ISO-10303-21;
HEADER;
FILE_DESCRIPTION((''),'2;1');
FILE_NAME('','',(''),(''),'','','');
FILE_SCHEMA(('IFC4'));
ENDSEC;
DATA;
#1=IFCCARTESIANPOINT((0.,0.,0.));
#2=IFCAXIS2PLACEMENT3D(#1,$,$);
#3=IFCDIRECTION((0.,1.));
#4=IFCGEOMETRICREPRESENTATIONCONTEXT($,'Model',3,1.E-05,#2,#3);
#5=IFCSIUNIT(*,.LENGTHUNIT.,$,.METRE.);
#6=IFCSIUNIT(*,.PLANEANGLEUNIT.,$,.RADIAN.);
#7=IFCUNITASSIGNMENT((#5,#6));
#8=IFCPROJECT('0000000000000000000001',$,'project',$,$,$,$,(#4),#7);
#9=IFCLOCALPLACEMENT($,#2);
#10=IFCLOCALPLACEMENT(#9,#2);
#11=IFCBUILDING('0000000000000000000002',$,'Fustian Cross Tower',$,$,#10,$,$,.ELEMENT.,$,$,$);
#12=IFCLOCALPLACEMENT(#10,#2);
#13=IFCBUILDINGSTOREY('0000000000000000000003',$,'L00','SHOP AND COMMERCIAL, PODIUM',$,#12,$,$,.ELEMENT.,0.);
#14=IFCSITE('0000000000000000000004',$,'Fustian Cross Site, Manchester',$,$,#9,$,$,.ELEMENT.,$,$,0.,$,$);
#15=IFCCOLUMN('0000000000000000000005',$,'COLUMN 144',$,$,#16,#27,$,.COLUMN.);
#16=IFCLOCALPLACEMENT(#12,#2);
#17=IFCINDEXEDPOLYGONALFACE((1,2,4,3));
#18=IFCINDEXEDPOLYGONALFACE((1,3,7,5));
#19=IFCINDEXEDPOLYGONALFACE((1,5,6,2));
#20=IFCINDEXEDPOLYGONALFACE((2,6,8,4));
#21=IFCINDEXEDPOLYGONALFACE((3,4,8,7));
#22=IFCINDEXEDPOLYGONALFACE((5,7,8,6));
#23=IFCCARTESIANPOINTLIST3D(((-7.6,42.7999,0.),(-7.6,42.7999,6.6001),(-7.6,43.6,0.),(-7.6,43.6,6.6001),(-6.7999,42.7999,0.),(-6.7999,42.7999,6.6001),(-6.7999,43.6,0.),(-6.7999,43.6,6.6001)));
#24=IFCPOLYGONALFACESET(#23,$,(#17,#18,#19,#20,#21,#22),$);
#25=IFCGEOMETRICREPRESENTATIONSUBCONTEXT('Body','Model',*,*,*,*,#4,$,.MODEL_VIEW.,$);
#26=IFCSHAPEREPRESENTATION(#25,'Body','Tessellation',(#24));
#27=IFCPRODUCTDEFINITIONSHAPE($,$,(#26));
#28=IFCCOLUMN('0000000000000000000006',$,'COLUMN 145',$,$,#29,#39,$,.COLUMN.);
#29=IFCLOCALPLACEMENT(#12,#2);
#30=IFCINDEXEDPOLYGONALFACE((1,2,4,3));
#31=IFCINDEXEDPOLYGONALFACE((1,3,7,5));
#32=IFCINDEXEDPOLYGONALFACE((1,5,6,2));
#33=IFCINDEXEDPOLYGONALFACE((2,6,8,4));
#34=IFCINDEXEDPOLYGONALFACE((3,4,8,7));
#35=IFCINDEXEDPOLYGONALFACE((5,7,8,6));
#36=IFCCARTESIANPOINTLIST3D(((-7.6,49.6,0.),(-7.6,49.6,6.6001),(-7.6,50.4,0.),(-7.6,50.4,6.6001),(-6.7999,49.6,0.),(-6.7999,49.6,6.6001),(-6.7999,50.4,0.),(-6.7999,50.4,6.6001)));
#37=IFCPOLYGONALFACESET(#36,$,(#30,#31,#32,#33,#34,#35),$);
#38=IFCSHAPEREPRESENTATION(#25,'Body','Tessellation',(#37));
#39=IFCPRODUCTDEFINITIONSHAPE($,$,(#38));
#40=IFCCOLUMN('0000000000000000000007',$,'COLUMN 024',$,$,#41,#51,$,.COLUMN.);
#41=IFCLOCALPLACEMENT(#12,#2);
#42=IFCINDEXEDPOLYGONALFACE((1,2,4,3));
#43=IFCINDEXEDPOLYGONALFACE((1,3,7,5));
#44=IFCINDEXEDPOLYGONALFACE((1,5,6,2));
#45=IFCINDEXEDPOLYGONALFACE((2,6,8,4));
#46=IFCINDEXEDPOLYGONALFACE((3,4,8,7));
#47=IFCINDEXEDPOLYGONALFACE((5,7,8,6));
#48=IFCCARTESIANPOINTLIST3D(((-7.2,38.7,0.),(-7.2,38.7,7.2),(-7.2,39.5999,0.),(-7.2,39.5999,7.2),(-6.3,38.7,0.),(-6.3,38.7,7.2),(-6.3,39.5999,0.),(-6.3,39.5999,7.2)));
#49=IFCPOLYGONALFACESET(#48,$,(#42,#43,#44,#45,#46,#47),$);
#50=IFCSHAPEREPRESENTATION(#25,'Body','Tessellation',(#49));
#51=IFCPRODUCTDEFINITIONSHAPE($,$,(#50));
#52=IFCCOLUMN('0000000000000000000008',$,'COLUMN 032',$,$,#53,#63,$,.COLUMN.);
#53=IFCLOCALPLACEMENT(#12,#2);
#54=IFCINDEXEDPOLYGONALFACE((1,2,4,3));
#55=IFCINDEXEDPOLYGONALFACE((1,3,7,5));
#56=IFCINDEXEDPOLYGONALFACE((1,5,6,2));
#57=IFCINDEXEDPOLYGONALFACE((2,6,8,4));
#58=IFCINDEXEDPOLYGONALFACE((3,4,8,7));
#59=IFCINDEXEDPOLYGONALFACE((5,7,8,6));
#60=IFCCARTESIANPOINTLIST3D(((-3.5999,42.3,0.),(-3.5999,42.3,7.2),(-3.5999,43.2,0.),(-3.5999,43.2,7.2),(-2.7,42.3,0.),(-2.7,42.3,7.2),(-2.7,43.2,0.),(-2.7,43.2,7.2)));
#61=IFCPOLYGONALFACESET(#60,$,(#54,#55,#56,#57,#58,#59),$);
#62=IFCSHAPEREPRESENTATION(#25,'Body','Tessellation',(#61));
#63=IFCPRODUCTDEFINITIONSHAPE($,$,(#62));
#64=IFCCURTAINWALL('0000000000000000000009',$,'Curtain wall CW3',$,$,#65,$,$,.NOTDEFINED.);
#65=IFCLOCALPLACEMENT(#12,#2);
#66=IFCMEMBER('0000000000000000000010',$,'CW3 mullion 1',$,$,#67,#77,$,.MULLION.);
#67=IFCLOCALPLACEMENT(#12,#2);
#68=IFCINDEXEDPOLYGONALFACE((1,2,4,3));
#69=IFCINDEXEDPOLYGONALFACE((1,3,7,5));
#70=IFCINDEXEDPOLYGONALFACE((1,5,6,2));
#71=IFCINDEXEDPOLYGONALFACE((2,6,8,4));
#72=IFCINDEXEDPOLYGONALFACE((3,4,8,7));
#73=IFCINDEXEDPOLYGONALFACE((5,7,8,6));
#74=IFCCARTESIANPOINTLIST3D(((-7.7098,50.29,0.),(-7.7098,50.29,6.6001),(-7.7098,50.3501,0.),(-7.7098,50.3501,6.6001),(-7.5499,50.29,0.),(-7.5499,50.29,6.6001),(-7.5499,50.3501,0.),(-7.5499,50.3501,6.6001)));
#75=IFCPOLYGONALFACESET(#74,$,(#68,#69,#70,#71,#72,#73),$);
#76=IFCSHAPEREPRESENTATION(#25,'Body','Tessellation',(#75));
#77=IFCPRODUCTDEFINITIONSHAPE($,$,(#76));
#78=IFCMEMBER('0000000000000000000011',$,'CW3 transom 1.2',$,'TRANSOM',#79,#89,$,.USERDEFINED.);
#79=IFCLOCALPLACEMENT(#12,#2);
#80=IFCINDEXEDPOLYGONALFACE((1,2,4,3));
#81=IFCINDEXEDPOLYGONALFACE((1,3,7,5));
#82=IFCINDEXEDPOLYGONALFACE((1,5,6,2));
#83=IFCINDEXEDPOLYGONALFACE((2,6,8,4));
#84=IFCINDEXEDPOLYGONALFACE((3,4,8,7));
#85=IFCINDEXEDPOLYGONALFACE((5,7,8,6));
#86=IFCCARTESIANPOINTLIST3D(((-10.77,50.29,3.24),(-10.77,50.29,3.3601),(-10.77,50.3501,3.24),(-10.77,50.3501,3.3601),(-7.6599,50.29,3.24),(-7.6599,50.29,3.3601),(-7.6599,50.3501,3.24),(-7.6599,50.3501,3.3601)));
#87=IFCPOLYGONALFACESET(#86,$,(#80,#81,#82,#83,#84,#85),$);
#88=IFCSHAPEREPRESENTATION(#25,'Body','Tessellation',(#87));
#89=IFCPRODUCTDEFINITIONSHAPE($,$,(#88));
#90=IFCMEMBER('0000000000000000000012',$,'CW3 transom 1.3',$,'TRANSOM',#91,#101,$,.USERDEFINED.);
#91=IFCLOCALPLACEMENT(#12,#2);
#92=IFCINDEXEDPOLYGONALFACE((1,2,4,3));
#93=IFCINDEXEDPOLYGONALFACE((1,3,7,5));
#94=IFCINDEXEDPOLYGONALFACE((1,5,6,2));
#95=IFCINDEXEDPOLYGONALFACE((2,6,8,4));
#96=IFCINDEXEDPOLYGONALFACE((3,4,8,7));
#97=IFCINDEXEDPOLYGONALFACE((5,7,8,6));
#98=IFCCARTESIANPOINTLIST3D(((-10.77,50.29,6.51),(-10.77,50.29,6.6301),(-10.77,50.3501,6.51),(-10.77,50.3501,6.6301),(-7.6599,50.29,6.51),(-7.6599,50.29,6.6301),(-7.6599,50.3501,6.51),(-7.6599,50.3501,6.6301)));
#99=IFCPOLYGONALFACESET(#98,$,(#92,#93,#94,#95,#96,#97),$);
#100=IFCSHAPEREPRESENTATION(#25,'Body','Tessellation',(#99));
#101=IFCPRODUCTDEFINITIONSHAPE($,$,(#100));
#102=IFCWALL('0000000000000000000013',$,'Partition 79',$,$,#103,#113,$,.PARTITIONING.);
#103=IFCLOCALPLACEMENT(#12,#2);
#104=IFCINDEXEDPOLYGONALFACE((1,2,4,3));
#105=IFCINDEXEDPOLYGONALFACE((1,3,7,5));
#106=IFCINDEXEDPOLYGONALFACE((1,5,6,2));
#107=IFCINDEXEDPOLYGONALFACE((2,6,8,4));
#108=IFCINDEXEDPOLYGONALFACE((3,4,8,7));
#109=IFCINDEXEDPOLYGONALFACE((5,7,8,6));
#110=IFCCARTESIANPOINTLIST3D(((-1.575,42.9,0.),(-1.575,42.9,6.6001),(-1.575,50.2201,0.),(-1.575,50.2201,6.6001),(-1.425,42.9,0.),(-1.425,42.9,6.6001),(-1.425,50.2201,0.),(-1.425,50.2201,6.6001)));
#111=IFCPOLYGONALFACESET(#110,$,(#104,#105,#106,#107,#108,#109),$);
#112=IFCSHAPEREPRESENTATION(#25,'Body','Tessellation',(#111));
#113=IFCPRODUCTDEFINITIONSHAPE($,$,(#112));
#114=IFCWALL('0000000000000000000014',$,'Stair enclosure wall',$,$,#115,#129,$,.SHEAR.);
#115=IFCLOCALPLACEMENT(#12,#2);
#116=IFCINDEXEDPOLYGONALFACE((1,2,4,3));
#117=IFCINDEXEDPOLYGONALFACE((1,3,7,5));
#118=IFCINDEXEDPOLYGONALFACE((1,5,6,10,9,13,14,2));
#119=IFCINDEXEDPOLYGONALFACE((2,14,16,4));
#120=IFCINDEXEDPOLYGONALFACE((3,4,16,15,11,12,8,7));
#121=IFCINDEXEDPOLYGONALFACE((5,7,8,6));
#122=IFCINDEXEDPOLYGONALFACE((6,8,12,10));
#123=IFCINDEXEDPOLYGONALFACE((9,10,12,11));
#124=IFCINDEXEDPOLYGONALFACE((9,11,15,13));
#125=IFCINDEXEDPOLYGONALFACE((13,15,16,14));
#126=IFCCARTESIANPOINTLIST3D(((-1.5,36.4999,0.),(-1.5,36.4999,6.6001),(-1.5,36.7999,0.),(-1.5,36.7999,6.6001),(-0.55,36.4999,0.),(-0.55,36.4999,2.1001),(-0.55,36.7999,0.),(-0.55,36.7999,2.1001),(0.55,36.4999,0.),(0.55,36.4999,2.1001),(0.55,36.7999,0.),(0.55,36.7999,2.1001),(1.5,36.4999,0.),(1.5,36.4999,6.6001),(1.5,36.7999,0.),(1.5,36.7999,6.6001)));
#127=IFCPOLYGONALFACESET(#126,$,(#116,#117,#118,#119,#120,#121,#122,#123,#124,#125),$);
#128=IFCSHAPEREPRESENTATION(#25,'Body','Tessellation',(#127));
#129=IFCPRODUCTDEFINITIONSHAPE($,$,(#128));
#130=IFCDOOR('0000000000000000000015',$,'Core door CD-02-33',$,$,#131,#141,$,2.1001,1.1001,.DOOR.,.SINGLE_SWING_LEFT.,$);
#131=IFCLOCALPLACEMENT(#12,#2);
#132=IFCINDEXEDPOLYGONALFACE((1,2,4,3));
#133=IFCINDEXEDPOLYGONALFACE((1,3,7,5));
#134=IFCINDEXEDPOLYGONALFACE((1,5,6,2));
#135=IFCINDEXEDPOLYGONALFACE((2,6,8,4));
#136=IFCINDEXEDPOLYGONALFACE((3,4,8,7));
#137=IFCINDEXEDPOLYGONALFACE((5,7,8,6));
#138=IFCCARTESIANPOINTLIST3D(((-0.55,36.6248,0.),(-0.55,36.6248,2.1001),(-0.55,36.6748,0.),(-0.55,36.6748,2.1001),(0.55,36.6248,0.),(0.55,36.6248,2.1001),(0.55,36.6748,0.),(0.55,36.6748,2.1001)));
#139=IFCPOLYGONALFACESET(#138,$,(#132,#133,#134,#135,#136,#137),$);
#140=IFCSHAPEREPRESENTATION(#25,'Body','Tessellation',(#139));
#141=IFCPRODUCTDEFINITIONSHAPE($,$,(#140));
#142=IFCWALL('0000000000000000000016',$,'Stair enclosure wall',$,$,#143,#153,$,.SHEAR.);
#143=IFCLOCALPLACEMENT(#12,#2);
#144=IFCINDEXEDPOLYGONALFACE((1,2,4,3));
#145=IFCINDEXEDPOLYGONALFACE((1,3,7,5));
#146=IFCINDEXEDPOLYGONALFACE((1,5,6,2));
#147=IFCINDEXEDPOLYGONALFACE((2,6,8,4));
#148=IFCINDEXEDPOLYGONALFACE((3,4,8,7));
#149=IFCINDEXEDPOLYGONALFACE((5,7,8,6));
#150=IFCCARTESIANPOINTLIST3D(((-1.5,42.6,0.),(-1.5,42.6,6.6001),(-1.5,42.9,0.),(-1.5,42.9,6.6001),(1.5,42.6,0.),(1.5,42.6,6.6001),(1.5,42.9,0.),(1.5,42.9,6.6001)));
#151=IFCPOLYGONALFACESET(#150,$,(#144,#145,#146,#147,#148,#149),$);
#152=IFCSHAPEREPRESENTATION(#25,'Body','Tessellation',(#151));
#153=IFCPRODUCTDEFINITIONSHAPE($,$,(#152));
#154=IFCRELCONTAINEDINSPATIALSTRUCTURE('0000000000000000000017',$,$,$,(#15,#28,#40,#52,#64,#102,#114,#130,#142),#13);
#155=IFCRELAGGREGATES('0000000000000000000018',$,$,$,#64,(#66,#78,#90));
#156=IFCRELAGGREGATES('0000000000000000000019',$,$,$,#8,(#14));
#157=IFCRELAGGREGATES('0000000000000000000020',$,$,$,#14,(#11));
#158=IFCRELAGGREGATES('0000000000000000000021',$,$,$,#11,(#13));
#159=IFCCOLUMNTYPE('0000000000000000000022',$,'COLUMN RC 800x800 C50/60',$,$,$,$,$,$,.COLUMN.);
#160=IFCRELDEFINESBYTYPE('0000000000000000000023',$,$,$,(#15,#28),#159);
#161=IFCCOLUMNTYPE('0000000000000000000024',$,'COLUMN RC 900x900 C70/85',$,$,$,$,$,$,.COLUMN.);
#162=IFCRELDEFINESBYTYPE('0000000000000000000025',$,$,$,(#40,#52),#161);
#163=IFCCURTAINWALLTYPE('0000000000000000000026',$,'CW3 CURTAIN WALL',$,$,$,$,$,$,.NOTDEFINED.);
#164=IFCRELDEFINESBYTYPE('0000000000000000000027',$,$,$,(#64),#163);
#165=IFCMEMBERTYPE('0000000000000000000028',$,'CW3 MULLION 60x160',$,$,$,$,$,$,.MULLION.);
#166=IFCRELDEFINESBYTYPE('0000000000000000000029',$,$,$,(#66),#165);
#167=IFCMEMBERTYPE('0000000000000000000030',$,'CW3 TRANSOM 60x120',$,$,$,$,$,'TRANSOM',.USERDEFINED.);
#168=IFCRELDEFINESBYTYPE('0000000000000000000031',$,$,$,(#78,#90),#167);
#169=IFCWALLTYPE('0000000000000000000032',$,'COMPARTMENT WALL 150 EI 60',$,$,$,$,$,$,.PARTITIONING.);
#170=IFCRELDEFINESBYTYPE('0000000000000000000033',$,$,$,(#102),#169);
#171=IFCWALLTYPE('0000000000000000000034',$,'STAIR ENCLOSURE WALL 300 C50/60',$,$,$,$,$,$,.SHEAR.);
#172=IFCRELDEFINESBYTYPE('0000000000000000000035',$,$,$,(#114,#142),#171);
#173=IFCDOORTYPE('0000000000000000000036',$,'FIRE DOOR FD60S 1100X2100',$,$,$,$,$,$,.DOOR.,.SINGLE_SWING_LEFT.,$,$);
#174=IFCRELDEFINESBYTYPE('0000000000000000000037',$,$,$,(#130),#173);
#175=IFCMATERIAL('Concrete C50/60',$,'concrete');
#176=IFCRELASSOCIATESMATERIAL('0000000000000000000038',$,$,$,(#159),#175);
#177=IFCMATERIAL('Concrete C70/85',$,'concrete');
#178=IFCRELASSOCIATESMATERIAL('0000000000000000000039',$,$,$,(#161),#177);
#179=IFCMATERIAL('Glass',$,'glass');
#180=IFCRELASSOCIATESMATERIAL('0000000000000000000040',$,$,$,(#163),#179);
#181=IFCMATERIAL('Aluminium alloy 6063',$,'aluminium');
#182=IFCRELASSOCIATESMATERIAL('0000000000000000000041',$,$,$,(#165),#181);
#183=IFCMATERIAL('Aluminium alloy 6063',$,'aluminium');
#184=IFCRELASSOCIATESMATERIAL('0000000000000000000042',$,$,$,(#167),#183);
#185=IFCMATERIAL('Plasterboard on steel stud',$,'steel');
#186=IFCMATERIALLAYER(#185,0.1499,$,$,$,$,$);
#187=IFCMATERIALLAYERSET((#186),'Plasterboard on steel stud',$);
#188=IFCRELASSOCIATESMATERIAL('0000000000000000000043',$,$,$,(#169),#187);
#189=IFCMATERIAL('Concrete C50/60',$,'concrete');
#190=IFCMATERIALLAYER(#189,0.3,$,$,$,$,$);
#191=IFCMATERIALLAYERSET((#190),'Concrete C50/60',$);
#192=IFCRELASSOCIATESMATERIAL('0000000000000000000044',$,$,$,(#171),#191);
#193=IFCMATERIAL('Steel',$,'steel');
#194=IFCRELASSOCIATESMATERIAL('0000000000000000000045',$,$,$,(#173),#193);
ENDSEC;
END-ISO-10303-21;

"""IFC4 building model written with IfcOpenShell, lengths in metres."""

from ifc_helpers import new_model, si_unit, direction, frame, frame_2d, origin, origin_2d, place, context, subcontext, project, spatial, rectangle, extrude, material, layer, layer_set, material_profile, profile_set, type_object, element, fill, aggregate, save


model = new_model("IFC4")

# Units and contexts
model_context = context("Model", 3, precision=1e-05, world=origin(), true_north=direction((0.0, 1.0)))
body_context = subcontext(model_context, "Body", "Model", "MODEL_VIEW")
ifc_project = project(units=[si_unit("LENGTHUNIT", "METRE"), si_unit("PLANEANGLEUNIT", "RADIAN")], contexts=[model_context])

# Site, building, storey
site_placement = place(None, origin())
site = spatial("IfcSite", under=ifc_project, at=site_placement, Name="Fustian Cross Site, Manchester", CompositionType="ELEMENT", RefElevation=0.0)
building_placement = place(site_placement, origin())
building = spatial("IfcBuilding", under=site, at=building_placement, Name="Fustian Cross Tower", CompositionType="ELEMENT")
storey_placement = place(building_placement, origin())
storey = spatial("IfcBuildingStorey", under=building, at=storey_placement, Name="L00", Description="SHOP AND COMMERCIAL, PODIUM", CompositionType="ELEMENT", Elevation=0.0)

# Columns
ifc_material_1 = material(Name="Concrete C50/60", Category="concrete")
ifc_material_profile_1 = material_profile(ifc_material_1, rectangle(XDim=0.8, YDim=0.8, at=origin_2d()), Name="RC 800x800")
ifc_profile_set_1 = profile_set([ifc_material_profile_1], Name="Concrete C50/60")
column_type_1 = type_object("IfcColumnType", Name="COLUMN RC 800x800 C50/60", PredefinedType="COLUMN", material=ifc_profile_set_1)
for number, where, z_axis, x_axis, name in (
    (1, (-7.2, 43.2, 0.0), (0.0, 0.0, 1.0), (1.0, 0.0, 0.0), "COLUMN 144"),
    (2, (-7.2, 50.0, 0.0), (0.0, 0.0, 1.0), (1.0, 0.0, 0.0), "COLUMN 145"),
):
    element("IfcColumn", number, at=place(storey_placement, frame(where, z_axis=z_axis, x_axis=x_axis)), inside=storey, type_object=column_type_1, Name=name, PredefinedType="COLUMN", context=body_context, shape_type="SweptSolid", body=[
        extrude(rectangle(XDim=0.8, YDim=0.8, at=origin_2d()), origin(), (0.0, 0.0, 1.0), 6.6001),
    ])
ifc_material_2 = material(Name="Concrete C70/85", Category="concrete")
ifc_material_profile_2 = material_profile(ifc_material_2, rectangle(XDim=0.8999, YDim=0.8999, at=origin_2d()), Name="RC 900x900")
ifc_profile_set_2 = profile_set([ifc_material_profile_2], Name="Concrete C70/85")
column_type_2 = type_object("IfcColumnType", Name="COLUMN RC 900x900 C70/85", PredefinedType="COLUMN", material=ifc_profile_set_2)
for number, where, z_axis, x_axis, name in (
    (3, (-6.75, 39.1499, 0.0), (0.0, 0.0, 1.0), (1.0, 0.0, 0.0), "COLUMN 024"),
    (4, (-3.1499, 42.75, 0.0), (0.0, 0.0, 1.0), (1.0, 0.0, 0.0), "COLUMN 032"),
):
    element("IfcColumn", number, at=place(storey_placement, frame(where, z_axis=z_axis, x_axis=x_axis)), inside=storey, type_object=column_type_2, Name=name, PredefinedType="COLUMN", context=body_context, shape_type="SweptSolid", body=[
        extrude(rectangle(XDim=0.8999, YDim=0.8999, at=origin_2d()), origin(), (0.0, 0.0, 1.0), 7.2),
    ])

# Curtain wall, members
ifc_material_3 = material(Name="Glass", Category="glass")
curtain_wall_type = type_object("IfcCurtainWallType", Name="CW3 CURTAIN WALL", PredefinedType="NOTDEFINED", material=ifc_material_3)
curtain_wall_placement = place(storey_placement, origin())
curtain_wall = element("IfcCurtainWall", 5, at=curtain_wall_placement, inside=storey, type_object=curtain_wall_type, Name="Curtain wall CW3", PredefinedType="NOTDEFINED")
ifc_material_4 = material(Name="Aluminium alloy 6063", Category="aluminium")
ifc_material_profile_3 = material_profile(ifc_material_4, rectangle(XDim=0.0601, YDim=0.1599, at=origin_2d()), Name="CW3 MULLION 60x160")
ifc_profile_set_3 = profile_set([ifc_material_profile_3], Name="Aluminium alloy 6063")
member_type_1 = type_object("IfcMemberType", Name="CW3 MULLION 60x160", PredefinedType="MULLION", material=ifc_profile_set_3)
member_1_placement = place(storey_placement, frame((-7.6299, 50.3201, 0.0), z_axis=(0.0, 0.0, 1.0), x_axis=(0.0, -1.0, 0.0)))
member_1 = element("IfcMember", 6, at=member_1_placement, type_object=member_type_1, Name="CW3 mullion 1", PredefinedType="MULLION", context=body_context, shape_type="SweptSolid", body=[
    extrude(rectangle(XDim=0.0601, YDim=0.1599, at=origin_2d()), origin(), (0.0, 0.0, 1.0), 6.6001),
])
ifc_material_5 = material(Name="Aluminium alloy 6063", Category="aluminium")
ifc_material_profile_4 = material_profile(ifc_material_5, rectangle(XDim=0.0601, YDim=0.1201, at=origin_2d()), Name="CW3 TRANSOM 60x120")
ifc_profile_set_4 = profile_set([ifc_material_profile_4], Name="Aluminium alloy 6063")
member_type_2 = type_object("IfcMemberType", Name="CW3 TRANSOM 60x120", ElementType="TRANSOM", PredefinedType="USERDEFINED", material=ifc_profile_set_4)
member_2_placement = place(storey_placement, frame((-7.6599, 50.3201, 3.3), z_axis=(-1.0, 0.0, 0.0), x_axis=(0.0, -1.0, 0.0)))
member_2 = element("IfcMember", 7, at=member_2_placement, type_object=member_type_2, Name="CW3 transom 1.2", ObjectType="TRANSOM", PredefinedType="USERDEFINED", context=body_context, shape_type="SweptSolid", body=[
    extrude(rectangle(XDim=0.0601, YDim=0.1201, at=origin_2d()), origin(), (0.0, 0.0, 1.0), 3.1101),
])
member_3_placement = place(storey_placement, frame((-7.6599, 50.3201, 6.5701), z_axis=(-1.0, 0.0, 0.0), x_axis=(0.0, -1.0, 0.0)))
member_3 = element("IfcMember", 8, at=member_3_placement, type_object=member_type_2, Name="CW3 transom 1.3", ObjectType="TRANSOM", PredefinedType="USERDEFINED", context=body_context, shape_type="SweptSolid", body=[
    extrude(rectangle(XDim=0.0601, YDim=0.1201, at=origin_2d()), origin(), (0.0, 0.0, 1.0), 3.1101),
])
aggregate(curtain_wall, [member_1, member_2, member_3])

# Wall
ifc_material_6 = material(Name="Plasterboard on steel stud", Category="steel")
ifc_layer_1 = layer(ifc_material_6, 0.1499)
ifc_layer_set_1 = layer_set([ifc_layer_1], Name="Plasterboard on steel stud")
wall_type_1 = type_object("IfcWallType", Name="COMPARTMENT WALL 150 EI 60", PredefinedType="PARTITIONING", material=ifc_layer_set_1)
wall_1_placement = place(storey_placement, frame((-1.5, 42.8999, 0.0), z_axis=(0.0, 0.0, 1.0), x_axis=(0.0, 1.0, 0.0)))
element("IfcWall", 9, at=wall_1_placement, inside=storey, type_object=wall_type_1, Name="Partition 79", PredefinedType="PARTITIONING", context=body_context, shape_type="SweptSolid", body=[
    extrude(rectangle(XDim=7.3201, YDim=0.1499, at=frame_2d((3.6602, 0.0))), origin(), (0.0, 0.0, 1.0), 6.6001),
])

# Wall, opening, door
ifc_material_7 = material(Name="Concrete C50/60", Category="concrete")
ifc_layer_2 = layer(ifc_material_7, 0.3)
ifc_layer_set_2 = layer_set([ifc_layer_2], Name="Concrete C50/60")
wall_type_2 = type_object("IfcWallType", Name="STAIR ENCLOSURE WALL 300 C50/60", PredefinedType="SHEAR", material=ifc_layer_set_2)
wall_2_placement = place(storey_placement, frame((-1.5, 36.6499, 0.0), z_axis=(0.0, 0.0, 1.0), x_axis=(1.0, 0.0, 0.0)))
wall_2 = element("IfcWall", 10, at=wall_2_placement, inside=storey, type_object=wall_type_2, Name="Stair enclosure wall", PredefinedType="SHEAR", context=body_context, shape_type="SweptSolid", body=[
    extrude(rectangle(XDim=3.0, YDim=0.3, at=frame_2d((1.5, 0.0))), origin(), (0.0, 0.0, 1.0), 6.6001),
])
opening_1_placement = place(wall_2_placement, frame((0.95, 0.0, 0.0)))
opening_1 = element("IfcOpeningElement", 11, at=opening_1_placement, cuts=wall_2, PredefinedType="OPENING", context=body_context, shape_type="SweptSolid", body=[
    extrude(rectangle(XDim=1.1001, YDim=2.1001, at=frame_2d((0.55, 1.05))), frame((0.0, 0.1599, 0.0), z_axis=(0.0, -1.0, 0.0), x_axis=(1.0, 0.0, 0.0)), (0.0, 0.0, 1.0), 0.3201),
])
ifc_material_8 = material(Name="Steel", Category="steel")
door_type_1 = type_object("IfcDoorType", Name="FIRE DOOR FD60S 1100X2100", OperationType="SINGLE_SWING_LEFT", PredefinedType="DOOR", material=ifc_material_8)
door_1_placement = place(opening_1_placement, origin())
door_1 = element("IfcDoor", 12, at=door_1_placement, inside=storey, type_object=door_type_1, Name="Core door CD-02-33", OperationType="SINGLE_SWING_LEFT", OverallHeight=2.1001, OverallWidth=1.1001, PredefinedType="DOOR", context=body_context, shape_type="SweptSolid", body=[
    extrude(rectangle(XDim=1.1001, YDim=2.1001, at=frame_2d((0.55, 1.05))), frame((0.0, 0.0249, 0.0), z_axis=(0.0, -1.0, 0.0), x_axis=(1.0, 0.0, 0.0)), (0.0, 0.0, 1.0), 0.05),
])
fill(opening_1, door_1)

# Wall
wall_3_placement = place(storey_placement, frame((-1.5, 42.75, 0.0), z_axis=(0.0, 0.0, 1.0), x_axis=(1.0, 0.0, 0.0)))
element("IfcWall", 13, at=wall_3_placement, inside=storey, type_object=wall_type_2, Name="Stair enclosure wall", PredefinedType="SHEAR", context=body_context, shape_type="SweptSolid", body=[
    extrude(rectangle(XDim=3.0, YDim=0.3, at=frame_2d((1.5, 0.0))), origin(), (0.0, 0.0, 1.0), 6.6001),
])

save(model, "model.ifc")
